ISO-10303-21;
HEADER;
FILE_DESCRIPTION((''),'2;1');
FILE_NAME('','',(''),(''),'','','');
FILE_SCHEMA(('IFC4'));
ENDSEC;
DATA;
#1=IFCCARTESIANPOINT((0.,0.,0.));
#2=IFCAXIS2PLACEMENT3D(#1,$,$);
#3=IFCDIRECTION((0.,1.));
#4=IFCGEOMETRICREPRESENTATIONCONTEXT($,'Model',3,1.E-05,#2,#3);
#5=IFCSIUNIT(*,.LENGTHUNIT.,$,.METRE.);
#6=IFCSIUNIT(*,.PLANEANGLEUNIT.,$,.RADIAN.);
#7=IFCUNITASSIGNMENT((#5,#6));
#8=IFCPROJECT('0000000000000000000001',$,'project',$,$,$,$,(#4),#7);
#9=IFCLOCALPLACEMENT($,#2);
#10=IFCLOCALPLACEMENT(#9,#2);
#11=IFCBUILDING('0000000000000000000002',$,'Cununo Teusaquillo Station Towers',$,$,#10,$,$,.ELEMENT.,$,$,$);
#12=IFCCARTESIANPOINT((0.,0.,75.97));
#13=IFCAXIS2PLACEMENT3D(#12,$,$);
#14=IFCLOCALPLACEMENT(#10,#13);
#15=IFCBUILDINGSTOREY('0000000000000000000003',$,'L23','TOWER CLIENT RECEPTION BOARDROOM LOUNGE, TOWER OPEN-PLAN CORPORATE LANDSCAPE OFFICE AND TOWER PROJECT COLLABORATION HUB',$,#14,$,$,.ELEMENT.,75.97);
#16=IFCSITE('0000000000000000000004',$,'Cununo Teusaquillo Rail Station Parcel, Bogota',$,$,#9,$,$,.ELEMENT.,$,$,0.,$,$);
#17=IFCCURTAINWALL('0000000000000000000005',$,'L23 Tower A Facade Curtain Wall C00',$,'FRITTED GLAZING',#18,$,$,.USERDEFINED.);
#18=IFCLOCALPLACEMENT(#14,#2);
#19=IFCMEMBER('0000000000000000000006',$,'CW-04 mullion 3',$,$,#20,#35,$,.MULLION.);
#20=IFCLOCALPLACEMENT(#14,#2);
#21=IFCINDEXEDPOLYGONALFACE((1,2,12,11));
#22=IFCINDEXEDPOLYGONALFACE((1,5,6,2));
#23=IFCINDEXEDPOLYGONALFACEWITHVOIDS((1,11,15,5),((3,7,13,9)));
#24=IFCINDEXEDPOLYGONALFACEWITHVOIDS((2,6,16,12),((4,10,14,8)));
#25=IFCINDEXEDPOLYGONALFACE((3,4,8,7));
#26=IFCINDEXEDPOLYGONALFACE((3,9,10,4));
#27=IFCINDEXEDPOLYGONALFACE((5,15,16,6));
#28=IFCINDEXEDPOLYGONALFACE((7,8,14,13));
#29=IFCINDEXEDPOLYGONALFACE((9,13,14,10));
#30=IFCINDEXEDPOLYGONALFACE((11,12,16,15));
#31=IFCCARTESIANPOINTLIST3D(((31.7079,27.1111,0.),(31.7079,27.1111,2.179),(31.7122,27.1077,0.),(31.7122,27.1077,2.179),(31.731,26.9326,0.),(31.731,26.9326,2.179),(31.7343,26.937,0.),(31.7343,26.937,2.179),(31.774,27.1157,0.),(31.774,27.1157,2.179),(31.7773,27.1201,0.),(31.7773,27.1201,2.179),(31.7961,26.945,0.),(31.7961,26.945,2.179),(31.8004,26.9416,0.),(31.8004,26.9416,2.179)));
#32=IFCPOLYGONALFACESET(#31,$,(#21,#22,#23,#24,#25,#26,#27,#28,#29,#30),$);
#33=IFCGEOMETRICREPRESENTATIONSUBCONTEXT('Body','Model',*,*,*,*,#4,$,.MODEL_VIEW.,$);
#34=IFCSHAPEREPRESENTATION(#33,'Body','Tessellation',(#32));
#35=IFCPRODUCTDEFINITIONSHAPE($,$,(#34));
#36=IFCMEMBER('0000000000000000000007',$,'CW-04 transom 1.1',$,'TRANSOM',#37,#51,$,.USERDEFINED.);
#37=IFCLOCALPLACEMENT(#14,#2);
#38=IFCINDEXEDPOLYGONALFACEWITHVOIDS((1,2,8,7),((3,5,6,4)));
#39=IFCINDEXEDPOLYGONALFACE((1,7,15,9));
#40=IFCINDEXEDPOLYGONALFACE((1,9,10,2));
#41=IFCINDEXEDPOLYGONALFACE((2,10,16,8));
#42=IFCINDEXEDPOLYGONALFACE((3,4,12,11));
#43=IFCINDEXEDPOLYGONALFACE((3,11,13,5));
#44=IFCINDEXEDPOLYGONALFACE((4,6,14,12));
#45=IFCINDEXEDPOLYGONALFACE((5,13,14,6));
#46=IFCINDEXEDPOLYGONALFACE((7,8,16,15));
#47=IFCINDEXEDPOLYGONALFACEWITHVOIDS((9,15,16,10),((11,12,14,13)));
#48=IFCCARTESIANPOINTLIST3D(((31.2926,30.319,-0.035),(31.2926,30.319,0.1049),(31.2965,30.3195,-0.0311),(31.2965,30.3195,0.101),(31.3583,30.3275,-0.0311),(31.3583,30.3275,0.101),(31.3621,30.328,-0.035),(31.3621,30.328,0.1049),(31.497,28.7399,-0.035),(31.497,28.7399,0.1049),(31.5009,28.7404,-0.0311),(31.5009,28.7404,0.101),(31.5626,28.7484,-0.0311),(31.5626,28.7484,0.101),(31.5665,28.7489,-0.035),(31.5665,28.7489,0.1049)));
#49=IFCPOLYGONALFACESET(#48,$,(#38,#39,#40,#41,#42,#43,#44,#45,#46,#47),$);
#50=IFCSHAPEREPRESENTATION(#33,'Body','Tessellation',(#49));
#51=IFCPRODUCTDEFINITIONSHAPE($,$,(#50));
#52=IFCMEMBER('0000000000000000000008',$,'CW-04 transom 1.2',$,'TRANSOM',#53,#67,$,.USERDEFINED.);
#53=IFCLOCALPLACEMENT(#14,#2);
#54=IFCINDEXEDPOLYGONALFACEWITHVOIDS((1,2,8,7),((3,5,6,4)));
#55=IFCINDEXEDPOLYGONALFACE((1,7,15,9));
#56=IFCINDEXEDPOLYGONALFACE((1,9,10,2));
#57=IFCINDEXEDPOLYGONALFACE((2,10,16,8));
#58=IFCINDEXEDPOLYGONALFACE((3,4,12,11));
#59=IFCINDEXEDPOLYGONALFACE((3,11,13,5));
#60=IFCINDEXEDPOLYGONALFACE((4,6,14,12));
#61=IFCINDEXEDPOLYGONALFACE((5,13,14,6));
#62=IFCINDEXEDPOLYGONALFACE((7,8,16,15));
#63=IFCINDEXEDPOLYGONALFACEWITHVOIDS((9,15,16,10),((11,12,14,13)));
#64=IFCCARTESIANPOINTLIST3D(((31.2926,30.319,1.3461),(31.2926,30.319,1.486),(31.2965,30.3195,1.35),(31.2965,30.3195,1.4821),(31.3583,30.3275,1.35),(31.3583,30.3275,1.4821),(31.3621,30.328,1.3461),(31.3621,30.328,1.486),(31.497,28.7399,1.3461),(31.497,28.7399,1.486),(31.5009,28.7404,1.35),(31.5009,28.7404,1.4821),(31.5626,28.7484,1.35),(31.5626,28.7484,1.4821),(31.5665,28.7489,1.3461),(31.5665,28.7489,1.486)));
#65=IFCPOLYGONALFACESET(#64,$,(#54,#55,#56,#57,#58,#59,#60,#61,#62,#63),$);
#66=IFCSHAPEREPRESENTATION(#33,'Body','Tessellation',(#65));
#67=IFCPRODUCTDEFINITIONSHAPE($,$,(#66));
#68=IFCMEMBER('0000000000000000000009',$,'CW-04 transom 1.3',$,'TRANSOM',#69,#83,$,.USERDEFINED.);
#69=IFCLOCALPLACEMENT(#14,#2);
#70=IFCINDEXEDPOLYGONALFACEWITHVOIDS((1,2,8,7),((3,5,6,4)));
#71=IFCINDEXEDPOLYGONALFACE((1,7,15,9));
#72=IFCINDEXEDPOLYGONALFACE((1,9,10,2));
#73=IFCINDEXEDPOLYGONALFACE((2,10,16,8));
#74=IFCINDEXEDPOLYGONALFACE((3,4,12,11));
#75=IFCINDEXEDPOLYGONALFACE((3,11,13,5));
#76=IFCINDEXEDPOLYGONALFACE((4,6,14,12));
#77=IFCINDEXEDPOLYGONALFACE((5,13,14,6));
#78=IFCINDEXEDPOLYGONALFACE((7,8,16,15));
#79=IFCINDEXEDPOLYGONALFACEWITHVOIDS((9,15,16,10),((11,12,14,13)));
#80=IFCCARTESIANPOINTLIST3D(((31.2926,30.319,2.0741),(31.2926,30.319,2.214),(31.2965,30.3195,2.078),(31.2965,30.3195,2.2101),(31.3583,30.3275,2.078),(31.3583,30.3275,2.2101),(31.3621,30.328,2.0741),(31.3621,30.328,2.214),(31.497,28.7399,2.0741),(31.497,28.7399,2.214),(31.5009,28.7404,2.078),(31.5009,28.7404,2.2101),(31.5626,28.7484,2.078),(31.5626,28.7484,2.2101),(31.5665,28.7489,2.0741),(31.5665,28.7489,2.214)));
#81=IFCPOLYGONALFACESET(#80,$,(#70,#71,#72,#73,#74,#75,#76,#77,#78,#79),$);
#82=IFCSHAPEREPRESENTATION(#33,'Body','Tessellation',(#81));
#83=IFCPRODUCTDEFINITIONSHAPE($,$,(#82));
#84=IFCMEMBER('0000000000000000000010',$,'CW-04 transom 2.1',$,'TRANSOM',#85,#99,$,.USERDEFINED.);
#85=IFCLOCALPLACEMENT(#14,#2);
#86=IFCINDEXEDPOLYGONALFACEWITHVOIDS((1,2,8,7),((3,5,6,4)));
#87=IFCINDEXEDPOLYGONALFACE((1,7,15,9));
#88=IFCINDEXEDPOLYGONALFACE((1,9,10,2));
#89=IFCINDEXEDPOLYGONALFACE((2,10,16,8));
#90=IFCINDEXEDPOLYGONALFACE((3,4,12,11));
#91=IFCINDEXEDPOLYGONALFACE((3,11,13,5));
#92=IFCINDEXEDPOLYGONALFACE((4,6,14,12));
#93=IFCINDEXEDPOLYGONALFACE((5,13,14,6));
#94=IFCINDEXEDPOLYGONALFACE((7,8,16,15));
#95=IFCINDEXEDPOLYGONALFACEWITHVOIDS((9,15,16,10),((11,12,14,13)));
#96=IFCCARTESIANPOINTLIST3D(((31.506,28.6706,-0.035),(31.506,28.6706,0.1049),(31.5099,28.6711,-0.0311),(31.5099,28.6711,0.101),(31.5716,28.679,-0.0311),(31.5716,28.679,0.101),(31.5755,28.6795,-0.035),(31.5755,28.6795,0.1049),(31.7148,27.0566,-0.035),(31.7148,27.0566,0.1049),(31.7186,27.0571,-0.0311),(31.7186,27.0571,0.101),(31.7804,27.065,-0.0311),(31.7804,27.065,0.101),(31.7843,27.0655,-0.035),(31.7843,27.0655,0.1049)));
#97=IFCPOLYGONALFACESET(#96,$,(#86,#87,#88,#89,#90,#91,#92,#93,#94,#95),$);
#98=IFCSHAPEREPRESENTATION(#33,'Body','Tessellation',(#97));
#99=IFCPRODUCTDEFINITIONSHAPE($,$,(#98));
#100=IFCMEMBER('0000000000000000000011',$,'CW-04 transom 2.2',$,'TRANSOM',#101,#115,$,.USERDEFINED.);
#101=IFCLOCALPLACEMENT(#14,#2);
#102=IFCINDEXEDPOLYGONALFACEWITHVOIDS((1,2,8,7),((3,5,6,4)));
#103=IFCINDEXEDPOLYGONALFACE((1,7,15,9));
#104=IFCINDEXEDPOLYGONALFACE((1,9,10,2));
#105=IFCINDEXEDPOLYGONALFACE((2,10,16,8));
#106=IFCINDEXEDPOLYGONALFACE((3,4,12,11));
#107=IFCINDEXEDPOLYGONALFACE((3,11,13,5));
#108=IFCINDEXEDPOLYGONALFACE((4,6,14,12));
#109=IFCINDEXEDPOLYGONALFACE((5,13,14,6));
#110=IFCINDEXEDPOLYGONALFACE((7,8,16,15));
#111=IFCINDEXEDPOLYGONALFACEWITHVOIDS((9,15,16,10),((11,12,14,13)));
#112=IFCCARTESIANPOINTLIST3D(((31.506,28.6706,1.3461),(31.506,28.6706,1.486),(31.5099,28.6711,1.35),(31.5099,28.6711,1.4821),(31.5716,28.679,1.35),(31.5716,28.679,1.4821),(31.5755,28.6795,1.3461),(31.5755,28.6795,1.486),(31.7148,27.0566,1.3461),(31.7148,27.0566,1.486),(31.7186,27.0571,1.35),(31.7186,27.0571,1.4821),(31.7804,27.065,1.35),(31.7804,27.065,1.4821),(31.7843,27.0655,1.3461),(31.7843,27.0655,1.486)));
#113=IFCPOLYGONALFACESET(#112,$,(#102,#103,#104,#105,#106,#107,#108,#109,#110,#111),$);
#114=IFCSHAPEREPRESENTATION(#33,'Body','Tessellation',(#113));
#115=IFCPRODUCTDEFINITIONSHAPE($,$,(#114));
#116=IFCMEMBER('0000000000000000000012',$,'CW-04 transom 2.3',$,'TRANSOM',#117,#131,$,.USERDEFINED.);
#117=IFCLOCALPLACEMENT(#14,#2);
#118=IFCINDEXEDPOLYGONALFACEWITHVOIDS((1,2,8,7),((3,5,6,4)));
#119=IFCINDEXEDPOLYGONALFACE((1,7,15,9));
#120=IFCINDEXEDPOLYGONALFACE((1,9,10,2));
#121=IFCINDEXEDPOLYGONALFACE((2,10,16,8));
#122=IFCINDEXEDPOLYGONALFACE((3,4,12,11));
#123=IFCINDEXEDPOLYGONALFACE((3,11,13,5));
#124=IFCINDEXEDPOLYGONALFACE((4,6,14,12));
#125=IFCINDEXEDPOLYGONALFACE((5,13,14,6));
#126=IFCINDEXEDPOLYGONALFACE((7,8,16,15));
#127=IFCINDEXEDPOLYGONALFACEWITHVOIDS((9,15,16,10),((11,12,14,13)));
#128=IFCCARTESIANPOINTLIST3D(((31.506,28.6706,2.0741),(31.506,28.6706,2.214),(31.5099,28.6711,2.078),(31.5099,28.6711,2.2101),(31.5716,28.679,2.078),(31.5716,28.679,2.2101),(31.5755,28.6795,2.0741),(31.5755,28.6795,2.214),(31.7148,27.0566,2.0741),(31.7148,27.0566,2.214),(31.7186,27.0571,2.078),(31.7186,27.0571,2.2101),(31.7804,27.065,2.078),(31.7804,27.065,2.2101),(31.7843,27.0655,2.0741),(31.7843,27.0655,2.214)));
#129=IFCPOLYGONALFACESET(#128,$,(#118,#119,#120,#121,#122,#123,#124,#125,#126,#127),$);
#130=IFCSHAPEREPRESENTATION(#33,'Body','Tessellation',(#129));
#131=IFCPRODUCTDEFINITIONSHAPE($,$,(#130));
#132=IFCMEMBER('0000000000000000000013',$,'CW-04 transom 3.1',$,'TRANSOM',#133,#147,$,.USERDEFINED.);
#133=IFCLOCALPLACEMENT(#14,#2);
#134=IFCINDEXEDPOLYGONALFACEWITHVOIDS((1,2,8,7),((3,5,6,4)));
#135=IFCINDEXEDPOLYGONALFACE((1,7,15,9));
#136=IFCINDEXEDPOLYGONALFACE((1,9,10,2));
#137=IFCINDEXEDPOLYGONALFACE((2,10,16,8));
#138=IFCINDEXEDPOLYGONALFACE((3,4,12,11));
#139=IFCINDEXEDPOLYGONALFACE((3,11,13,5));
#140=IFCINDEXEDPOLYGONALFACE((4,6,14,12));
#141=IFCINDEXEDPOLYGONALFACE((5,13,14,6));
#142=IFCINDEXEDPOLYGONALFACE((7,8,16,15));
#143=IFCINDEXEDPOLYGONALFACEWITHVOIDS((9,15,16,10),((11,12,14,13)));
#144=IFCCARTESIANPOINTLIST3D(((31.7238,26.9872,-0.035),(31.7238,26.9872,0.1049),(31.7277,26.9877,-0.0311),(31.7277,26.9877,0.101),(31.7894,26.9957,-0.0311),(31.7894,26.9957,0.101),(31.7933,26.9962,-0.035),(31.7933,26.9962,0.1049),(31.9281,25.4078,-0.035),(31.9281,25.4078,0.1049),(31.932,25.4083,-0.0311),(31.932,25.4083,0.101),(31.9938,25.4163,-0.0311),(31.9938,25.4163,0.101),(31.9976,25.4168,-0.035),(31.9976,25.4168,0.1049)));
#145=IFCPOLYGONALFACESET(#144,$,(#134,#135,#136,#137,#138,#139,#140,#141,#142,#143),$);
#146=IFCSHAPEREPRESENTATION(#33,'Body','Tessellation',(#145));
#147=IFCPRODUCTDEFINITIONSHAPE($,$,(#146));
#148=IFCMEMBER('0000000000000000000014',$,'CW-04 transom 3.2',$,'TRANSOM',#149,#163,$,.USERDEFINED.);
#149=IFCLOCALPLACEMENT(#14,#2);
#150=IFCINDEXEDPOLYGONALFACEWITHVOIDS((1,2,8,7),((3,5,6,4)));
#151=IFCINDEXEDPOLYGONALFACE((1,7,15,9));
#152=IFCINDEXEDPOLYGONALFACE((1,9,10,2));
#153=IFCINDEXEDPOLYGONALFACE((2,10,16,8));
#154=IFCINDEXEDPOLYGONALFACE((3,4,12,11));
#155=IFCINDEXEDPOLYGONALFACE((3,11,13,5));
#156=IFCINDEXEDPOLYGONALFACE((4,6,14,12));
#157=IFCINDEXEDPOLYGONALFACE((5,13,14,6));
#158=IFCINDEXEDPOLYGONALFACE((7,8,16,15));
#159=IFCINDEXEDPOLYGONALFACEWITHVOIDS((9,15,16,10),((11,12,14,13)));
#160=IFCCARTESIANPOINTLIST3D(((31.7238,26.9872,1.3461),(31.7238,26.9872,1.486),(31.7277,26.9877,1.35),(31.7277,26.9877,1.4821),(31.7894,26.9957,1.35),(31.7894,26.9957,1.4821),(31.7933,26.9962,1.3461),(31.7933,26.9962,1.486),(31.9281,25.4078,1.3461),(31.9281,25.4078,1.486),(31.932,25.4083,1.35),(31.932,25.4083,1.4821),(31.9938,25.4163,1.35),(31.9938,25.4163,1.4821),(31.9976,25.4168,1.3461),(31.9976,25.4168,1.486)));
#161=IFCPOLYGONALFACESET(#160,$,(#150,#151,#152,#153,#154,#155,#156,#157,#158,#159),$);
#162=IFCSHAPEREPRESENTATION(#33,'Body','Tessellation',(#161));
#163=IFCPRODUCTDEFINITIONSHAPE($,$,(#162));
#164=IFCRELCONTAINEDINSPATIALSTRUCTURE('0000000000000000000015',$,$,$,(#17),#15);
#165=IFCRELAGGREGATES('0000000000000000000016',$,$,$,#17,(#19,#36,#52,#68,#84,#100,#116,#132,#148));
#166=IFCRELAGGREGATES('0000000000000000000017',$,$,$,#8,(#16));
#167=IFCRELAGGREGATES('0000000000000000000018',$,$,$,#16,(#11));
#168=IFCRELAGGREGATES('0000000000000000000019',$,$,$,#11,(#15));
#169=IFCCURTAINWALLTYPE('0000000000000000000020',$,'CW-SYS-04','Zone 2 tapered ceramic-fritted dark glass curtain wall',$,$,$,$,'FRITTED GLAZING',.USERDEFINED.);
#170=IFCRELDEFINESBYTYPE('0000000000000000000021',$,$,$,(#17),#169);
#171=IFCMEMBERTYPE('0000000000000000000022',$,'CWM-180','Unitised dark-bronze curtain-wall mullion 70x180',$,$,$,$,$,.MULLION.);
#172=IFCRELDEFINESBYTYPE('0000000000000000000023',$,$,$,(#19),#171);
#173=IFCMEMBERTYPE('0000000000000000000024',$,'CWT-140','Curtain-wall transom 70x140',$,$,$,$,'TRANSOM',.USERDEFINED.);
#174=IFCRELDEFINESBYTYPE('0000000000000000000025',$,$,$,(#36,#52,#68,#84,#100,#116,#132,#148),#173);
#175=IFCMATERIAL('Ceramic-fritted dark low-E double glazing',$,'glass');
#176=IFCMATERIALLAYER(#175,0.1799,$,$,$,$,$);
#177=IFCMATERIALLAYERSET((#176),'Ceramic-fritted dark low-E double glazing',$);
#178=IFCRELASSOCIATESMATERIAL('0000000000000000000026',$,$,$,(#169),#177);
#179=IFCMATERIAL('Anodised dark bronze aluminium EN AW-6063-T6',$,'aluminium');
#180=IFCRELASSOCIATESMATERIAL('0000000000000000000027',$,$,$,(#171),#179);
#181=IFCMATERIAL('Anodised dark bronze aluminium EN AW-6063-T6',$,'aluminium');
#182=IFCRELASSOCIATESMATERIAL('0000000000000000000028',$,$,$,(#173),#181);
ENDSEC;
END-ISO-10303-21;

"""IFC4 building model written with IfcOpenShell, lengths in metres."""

from ifc_helpers import new_model, si_unit, direction, frame, origin, origin_2d, place, context, subcontext, project, spatial, hollow_rectangle, extrude, material, layer, layer_set, material_profile, profile_set, type_object, element, aggregate, save


model = new_model("IFC4")

# Units and contexts
model_context = context("Model", 3, precision=1e-05, world=origin(), true_north=direction((0.0, 1.0)))
body_context = subcontext(model_context, "Body", "Model", "MODEL_VIEW")
ifc_project = project(units=[si_unit("LENGTHUNIT", "METRE"), si_unit("PLANEANGLEUNIT", "RADIAN")], contexts=[model_context])

# Site, building, storey
site_placement = place(None, origin())
site = spatial("IfcSite", under=ifc_project, at=site_placement, Name="Cununo Teusaquillo Rail Station Parcel, Bogota", CompositionType="ELEMENT", RefElevation=0.0)
building_placement = place(site_placement, origin())
building = spatial("IfcBuilding", under=site, at=building_placement, Name="Cununo Teusaquillo Station Towers", CompositionType="ELEMENT")
storey_placement = place(building_placement, frame((0.0, 0.0, 75.97)))
storey = spatial("IfcBuildingStorey", under=building, at=storey_placement, Name="L23", Description="TOWER CLIENT RECEPTION BOARDROOM LOUNGE, TOWER OPEN-PLAN CORPORATE LANDSCAPE OFFICE AND TOWER PROJECT COLLABORATION HUB", CompositionType="ELEMENT", Elevation=75.97)

# Curtain wall, members
ifc_material_1 = material(Name="Ceramic-fritted dark low-E double glazing", Category="glass")
ifc_layer_1 = layer(ifc_material_1, 0.1799)
ifc_layer_set_1 = layer_set([ifc_layer_1], Name="Ceramic-fritted dark low-E double glazing")
curtain_wall_type = type_object("IfcCurtainWallType", Name="CW-SYS-04", Description="Zone 2 tapered ceramic-fritted dark glass curtain wall", ElementType="FRITTED GLAZING", PredefinedType="USERDEFINED", material=ifc_layer_set_1)
curtain_wall_placement = place(storey_placement, origin())
curtain_wall = element("IfcCurtainWall", 1, at=curtain_wall_placement, inside=storey, type_object=curtain_wall_type, Name="L23 Tower A Facade Curtain Wall C00", ObjectType="FRITTED GLAZING", PredefinedType="USERDEFINED")
ifc_material_2 = material(Name="Anodised dark bronze aluminium EN AW-6063-T6", Category="aluminium")
ifc_material_profile_1 = material_profile(ifc_material_2, hollow_rectangle(XDim=0.0701, YDim=0.1799, WallThickness=0.0039, at=origin_2d()), Name="CW-MULL-70x180")
ifc_profile_set_1 = profile_set([ifc_material_profile_1], Name="Anodised dark bronze aluminium EN AW-6063-T6")
member_type_1 = type_object("IfcMemberType", Name="CWM-180", Description="Unitised dark-bronze curtain-wall mullion 70x180", PredefinedType="MULLION", material=ifc_profile_set_1)
member_1_placement = place(storey_placement, frame((31.7542, 27.0264, 0.0), z_axis=(0.0, 0.0, 1.0), x_axis=(0.991731, 0.128336, 0.0)))
member_1 = element("IfcMember", 2, at=member_1_placement, type_object=member_type_1, Name="CW-04 mullion 3", PredefinedType="MULLION", context=body_context, shape_type="SweptSolid", body=[
    extrude(hollow_rectangle(XDim=0.0701, YDim=0.1799, WallThickness=0.0039, at=origin_2d()), origin(), (0.0, 0.0, 1.0), 2.179),
])
ifc_material_3 = material(Name="Anodised dark bronze aluminium EN AW-6063-T6", Category="aluminium")
ifc_material_profile_2 = material_profile(ifc_material_3, hollow_rectangle(XDim=0.0701, YDim=0.1399, WallThickness=0.0039, at=origin_2d()), Name="CW-TRAN-70x140")
ifc_profile_set_2 = profile_set([ifc_material_profile_2], Name="Anodised dark bronze aluminium EN AW-6063-T6")
member_type_2 = type_object("IfcMemberType", Name="CWT-140", Description="Curtain-wall transom 70x140", ElementType="TRANSOM", PredefinedType="USERDEFINED", material=ifc_profile_set_2)
member_2_placement = place(storey_placement, frame((31.3274, 30.3235, 0.0349), z_axis=(0.128336, -0.991731, 0.0), x_axis=(0.991731, 0.128336, 0.0)))
member_2 = element("IfcMember", 3, at=member_2_placement, type_object=member_type_2, Name="CW-04 transom 1.1", ObjectType="TRANSOM", PredefinedType="USERDEFINED", context=body_context, shape_type="SweptSolid", body=[
    extrude(hollow_rectangle(XDim=0.0701, YDim=0.1399, WallThickness=0.0039, at=origin_2d()), origin(), (0.0, 0.0, 1.0), 1.5923),
])
member_3_placement = place(storey_placement, frame((31.3274, 30.3235, 1.416), z_axis=(0.128336, -0.991731, 0.0), x_axis=(0.991731, 0.128336, 0.0)))
member_3 = element("IfcMember", 4, at=member_3_placement, type_object=member_type_2, Name="CW-04 transom 1.2", ObjectType="TRANSOM", PredefinedType="USERDEFINED", context=body_context, shape_type="SweptSolid", body=[
    extrude(hollow_rectangle(XDim=0.0701, YDim=0.1399, WallThickness=0.0039, at=origin_2d()), origin(), (0.0, 0.0, 1.0), 1.5923),
])
member_4_placement = place(storey_placement, frame((31.3274, 30.3235, 2.144), z_axis=(0.128336, -0.991731, 0.0), x_axis=(0.991731, 0.128336, 0.0)))
member_4 = element("IfcMember", 5, at=member_4_placement, type_object=member_type_2, Name="CW-04 transom 1.3", ObjectType="TRANSOM", PredefinedType="USERDEFINED", context=body_context, shape_type="SweptSolid", body=[
    extrude(hollow_rectangle(XDim=0.0701, YDim=0.1399, WallThickness=0.0039, at=origin_2d()), origin(), (0.0, 0.0, 1.0), 1.5923),
])
member_5_placement = place(storey_placement, frame((31.5408, 28.675, 0.0349), z_axis=(0.128262, -0.99174, 0.0), x_axis=(0.99174, 0.128262, 0.0)))
member_5 = element("IfcMember", 6, at=member_5_placement, type_object=member_type_2, Name="CW-04 transom 2.1", ObjectType="TRANSOM", PredefinedType="USERDEFINED", context=body_context, shape_type="SweptSolid", body=[
    extrude(hollow_rectangle(XDim=0.0701, YDim=0.1399, WallThickness=0.0039, at=origin_2d()), origin(), (0.0, 0.0, 1.0), 1.6274),
])
member_6_placement = place(storey_placement, frame((31.5408, 28.675, 1.416), z_axis=(0.128262, -0.99174, 0.0), x_axis=(0.99174, 0.128262, 0.0)))
member_6 = element("IfcMember", 7, at=member_6_placement, type_object=member_type_2, Name="CW-04 transom 2.2", ObjectType="TRANSOM", PredefinedType="USERDEFINED", context=body_context, shape_type="SweptSolid", body=[
    extrude(hollow_rectangle(XDim=0.0701, YDim=0.1399, WallThickness=0.0039, at=origin_2d()), origin(), (0.0, 0.0, 1.0), 1.6274),
])
member_7_placement = place(storey_placement, frame((31.5408, 28.675, 2.144), z_axis=(0.128262, -0.99174, 0.0), x_axis=(0.99174, 0.128262, 0.0)))
member_7 = element("IfcMember", 8, at=member_7_placement, type_object=member_type_2, Name="CW-04 transom 2.3", ObjectType="TRANSOM", PredefinedType="USERDEFINED", context=body_context, shape_type="SweptSolid", body=[
    extrude(hollow_rectangle(XDim=0.0701, YDim=0.1399, WallThickness=0.0039, at=origin_2d()), origin(), (0.0, 0.0, 1.0), 1.6274),
])
member_8_placement = place(storey_placement, frame((31.7585, 26.9917, 0.0349), z_axis=(0.128317, -0.991733, 0.0), x_axis=(0.991733, 0.128317, 0.0)))
member_8 = element("IfcMember", 9, at=member_8_placement, type_object=member_type_2, Name="CW-04 transom 3.1", ObjectType="TRANSOM", PredefinedType="USERDEFINED", context=body_context, shape_type="SweptSolid", body=[
    extrude(hollow_rectangle(XDim=0.0701, YDim=0.1399, WallThickness=0.0039, at=origin_2d()), origin(), (0.0, 0.0, 1.0), 1.5925),
])
member_9_placement = place(storey_placement, frame((31.7585, 26.9917, 1.416), z_axis=(0.128317, -0.991733, 0.0), x_axis=(0.991733, 0.128317, 0.0)))
member_9 = element("IfcMember", 10, at=member_9_placement, type_object=member_type_2, Name="CW-04 transom 3.2", ObjectType="TRANSOM", PredefinedType="USERDEFINED", context=body_context, shape_type="SweptSolid", body=[
    extrude(hollow_rectangle(XDim=0.0701, YDim=0.1399, WallThickness=0.0039, at=origin_2d()), origin(), (0.0, 0.0, 1.0), 1.5925),
])

aggregate(curtain_wall, [member_1, member_2, member_3, member_4, member_5, member_6, member_7, member_8, member_9])

save(model, "model.ifc")
